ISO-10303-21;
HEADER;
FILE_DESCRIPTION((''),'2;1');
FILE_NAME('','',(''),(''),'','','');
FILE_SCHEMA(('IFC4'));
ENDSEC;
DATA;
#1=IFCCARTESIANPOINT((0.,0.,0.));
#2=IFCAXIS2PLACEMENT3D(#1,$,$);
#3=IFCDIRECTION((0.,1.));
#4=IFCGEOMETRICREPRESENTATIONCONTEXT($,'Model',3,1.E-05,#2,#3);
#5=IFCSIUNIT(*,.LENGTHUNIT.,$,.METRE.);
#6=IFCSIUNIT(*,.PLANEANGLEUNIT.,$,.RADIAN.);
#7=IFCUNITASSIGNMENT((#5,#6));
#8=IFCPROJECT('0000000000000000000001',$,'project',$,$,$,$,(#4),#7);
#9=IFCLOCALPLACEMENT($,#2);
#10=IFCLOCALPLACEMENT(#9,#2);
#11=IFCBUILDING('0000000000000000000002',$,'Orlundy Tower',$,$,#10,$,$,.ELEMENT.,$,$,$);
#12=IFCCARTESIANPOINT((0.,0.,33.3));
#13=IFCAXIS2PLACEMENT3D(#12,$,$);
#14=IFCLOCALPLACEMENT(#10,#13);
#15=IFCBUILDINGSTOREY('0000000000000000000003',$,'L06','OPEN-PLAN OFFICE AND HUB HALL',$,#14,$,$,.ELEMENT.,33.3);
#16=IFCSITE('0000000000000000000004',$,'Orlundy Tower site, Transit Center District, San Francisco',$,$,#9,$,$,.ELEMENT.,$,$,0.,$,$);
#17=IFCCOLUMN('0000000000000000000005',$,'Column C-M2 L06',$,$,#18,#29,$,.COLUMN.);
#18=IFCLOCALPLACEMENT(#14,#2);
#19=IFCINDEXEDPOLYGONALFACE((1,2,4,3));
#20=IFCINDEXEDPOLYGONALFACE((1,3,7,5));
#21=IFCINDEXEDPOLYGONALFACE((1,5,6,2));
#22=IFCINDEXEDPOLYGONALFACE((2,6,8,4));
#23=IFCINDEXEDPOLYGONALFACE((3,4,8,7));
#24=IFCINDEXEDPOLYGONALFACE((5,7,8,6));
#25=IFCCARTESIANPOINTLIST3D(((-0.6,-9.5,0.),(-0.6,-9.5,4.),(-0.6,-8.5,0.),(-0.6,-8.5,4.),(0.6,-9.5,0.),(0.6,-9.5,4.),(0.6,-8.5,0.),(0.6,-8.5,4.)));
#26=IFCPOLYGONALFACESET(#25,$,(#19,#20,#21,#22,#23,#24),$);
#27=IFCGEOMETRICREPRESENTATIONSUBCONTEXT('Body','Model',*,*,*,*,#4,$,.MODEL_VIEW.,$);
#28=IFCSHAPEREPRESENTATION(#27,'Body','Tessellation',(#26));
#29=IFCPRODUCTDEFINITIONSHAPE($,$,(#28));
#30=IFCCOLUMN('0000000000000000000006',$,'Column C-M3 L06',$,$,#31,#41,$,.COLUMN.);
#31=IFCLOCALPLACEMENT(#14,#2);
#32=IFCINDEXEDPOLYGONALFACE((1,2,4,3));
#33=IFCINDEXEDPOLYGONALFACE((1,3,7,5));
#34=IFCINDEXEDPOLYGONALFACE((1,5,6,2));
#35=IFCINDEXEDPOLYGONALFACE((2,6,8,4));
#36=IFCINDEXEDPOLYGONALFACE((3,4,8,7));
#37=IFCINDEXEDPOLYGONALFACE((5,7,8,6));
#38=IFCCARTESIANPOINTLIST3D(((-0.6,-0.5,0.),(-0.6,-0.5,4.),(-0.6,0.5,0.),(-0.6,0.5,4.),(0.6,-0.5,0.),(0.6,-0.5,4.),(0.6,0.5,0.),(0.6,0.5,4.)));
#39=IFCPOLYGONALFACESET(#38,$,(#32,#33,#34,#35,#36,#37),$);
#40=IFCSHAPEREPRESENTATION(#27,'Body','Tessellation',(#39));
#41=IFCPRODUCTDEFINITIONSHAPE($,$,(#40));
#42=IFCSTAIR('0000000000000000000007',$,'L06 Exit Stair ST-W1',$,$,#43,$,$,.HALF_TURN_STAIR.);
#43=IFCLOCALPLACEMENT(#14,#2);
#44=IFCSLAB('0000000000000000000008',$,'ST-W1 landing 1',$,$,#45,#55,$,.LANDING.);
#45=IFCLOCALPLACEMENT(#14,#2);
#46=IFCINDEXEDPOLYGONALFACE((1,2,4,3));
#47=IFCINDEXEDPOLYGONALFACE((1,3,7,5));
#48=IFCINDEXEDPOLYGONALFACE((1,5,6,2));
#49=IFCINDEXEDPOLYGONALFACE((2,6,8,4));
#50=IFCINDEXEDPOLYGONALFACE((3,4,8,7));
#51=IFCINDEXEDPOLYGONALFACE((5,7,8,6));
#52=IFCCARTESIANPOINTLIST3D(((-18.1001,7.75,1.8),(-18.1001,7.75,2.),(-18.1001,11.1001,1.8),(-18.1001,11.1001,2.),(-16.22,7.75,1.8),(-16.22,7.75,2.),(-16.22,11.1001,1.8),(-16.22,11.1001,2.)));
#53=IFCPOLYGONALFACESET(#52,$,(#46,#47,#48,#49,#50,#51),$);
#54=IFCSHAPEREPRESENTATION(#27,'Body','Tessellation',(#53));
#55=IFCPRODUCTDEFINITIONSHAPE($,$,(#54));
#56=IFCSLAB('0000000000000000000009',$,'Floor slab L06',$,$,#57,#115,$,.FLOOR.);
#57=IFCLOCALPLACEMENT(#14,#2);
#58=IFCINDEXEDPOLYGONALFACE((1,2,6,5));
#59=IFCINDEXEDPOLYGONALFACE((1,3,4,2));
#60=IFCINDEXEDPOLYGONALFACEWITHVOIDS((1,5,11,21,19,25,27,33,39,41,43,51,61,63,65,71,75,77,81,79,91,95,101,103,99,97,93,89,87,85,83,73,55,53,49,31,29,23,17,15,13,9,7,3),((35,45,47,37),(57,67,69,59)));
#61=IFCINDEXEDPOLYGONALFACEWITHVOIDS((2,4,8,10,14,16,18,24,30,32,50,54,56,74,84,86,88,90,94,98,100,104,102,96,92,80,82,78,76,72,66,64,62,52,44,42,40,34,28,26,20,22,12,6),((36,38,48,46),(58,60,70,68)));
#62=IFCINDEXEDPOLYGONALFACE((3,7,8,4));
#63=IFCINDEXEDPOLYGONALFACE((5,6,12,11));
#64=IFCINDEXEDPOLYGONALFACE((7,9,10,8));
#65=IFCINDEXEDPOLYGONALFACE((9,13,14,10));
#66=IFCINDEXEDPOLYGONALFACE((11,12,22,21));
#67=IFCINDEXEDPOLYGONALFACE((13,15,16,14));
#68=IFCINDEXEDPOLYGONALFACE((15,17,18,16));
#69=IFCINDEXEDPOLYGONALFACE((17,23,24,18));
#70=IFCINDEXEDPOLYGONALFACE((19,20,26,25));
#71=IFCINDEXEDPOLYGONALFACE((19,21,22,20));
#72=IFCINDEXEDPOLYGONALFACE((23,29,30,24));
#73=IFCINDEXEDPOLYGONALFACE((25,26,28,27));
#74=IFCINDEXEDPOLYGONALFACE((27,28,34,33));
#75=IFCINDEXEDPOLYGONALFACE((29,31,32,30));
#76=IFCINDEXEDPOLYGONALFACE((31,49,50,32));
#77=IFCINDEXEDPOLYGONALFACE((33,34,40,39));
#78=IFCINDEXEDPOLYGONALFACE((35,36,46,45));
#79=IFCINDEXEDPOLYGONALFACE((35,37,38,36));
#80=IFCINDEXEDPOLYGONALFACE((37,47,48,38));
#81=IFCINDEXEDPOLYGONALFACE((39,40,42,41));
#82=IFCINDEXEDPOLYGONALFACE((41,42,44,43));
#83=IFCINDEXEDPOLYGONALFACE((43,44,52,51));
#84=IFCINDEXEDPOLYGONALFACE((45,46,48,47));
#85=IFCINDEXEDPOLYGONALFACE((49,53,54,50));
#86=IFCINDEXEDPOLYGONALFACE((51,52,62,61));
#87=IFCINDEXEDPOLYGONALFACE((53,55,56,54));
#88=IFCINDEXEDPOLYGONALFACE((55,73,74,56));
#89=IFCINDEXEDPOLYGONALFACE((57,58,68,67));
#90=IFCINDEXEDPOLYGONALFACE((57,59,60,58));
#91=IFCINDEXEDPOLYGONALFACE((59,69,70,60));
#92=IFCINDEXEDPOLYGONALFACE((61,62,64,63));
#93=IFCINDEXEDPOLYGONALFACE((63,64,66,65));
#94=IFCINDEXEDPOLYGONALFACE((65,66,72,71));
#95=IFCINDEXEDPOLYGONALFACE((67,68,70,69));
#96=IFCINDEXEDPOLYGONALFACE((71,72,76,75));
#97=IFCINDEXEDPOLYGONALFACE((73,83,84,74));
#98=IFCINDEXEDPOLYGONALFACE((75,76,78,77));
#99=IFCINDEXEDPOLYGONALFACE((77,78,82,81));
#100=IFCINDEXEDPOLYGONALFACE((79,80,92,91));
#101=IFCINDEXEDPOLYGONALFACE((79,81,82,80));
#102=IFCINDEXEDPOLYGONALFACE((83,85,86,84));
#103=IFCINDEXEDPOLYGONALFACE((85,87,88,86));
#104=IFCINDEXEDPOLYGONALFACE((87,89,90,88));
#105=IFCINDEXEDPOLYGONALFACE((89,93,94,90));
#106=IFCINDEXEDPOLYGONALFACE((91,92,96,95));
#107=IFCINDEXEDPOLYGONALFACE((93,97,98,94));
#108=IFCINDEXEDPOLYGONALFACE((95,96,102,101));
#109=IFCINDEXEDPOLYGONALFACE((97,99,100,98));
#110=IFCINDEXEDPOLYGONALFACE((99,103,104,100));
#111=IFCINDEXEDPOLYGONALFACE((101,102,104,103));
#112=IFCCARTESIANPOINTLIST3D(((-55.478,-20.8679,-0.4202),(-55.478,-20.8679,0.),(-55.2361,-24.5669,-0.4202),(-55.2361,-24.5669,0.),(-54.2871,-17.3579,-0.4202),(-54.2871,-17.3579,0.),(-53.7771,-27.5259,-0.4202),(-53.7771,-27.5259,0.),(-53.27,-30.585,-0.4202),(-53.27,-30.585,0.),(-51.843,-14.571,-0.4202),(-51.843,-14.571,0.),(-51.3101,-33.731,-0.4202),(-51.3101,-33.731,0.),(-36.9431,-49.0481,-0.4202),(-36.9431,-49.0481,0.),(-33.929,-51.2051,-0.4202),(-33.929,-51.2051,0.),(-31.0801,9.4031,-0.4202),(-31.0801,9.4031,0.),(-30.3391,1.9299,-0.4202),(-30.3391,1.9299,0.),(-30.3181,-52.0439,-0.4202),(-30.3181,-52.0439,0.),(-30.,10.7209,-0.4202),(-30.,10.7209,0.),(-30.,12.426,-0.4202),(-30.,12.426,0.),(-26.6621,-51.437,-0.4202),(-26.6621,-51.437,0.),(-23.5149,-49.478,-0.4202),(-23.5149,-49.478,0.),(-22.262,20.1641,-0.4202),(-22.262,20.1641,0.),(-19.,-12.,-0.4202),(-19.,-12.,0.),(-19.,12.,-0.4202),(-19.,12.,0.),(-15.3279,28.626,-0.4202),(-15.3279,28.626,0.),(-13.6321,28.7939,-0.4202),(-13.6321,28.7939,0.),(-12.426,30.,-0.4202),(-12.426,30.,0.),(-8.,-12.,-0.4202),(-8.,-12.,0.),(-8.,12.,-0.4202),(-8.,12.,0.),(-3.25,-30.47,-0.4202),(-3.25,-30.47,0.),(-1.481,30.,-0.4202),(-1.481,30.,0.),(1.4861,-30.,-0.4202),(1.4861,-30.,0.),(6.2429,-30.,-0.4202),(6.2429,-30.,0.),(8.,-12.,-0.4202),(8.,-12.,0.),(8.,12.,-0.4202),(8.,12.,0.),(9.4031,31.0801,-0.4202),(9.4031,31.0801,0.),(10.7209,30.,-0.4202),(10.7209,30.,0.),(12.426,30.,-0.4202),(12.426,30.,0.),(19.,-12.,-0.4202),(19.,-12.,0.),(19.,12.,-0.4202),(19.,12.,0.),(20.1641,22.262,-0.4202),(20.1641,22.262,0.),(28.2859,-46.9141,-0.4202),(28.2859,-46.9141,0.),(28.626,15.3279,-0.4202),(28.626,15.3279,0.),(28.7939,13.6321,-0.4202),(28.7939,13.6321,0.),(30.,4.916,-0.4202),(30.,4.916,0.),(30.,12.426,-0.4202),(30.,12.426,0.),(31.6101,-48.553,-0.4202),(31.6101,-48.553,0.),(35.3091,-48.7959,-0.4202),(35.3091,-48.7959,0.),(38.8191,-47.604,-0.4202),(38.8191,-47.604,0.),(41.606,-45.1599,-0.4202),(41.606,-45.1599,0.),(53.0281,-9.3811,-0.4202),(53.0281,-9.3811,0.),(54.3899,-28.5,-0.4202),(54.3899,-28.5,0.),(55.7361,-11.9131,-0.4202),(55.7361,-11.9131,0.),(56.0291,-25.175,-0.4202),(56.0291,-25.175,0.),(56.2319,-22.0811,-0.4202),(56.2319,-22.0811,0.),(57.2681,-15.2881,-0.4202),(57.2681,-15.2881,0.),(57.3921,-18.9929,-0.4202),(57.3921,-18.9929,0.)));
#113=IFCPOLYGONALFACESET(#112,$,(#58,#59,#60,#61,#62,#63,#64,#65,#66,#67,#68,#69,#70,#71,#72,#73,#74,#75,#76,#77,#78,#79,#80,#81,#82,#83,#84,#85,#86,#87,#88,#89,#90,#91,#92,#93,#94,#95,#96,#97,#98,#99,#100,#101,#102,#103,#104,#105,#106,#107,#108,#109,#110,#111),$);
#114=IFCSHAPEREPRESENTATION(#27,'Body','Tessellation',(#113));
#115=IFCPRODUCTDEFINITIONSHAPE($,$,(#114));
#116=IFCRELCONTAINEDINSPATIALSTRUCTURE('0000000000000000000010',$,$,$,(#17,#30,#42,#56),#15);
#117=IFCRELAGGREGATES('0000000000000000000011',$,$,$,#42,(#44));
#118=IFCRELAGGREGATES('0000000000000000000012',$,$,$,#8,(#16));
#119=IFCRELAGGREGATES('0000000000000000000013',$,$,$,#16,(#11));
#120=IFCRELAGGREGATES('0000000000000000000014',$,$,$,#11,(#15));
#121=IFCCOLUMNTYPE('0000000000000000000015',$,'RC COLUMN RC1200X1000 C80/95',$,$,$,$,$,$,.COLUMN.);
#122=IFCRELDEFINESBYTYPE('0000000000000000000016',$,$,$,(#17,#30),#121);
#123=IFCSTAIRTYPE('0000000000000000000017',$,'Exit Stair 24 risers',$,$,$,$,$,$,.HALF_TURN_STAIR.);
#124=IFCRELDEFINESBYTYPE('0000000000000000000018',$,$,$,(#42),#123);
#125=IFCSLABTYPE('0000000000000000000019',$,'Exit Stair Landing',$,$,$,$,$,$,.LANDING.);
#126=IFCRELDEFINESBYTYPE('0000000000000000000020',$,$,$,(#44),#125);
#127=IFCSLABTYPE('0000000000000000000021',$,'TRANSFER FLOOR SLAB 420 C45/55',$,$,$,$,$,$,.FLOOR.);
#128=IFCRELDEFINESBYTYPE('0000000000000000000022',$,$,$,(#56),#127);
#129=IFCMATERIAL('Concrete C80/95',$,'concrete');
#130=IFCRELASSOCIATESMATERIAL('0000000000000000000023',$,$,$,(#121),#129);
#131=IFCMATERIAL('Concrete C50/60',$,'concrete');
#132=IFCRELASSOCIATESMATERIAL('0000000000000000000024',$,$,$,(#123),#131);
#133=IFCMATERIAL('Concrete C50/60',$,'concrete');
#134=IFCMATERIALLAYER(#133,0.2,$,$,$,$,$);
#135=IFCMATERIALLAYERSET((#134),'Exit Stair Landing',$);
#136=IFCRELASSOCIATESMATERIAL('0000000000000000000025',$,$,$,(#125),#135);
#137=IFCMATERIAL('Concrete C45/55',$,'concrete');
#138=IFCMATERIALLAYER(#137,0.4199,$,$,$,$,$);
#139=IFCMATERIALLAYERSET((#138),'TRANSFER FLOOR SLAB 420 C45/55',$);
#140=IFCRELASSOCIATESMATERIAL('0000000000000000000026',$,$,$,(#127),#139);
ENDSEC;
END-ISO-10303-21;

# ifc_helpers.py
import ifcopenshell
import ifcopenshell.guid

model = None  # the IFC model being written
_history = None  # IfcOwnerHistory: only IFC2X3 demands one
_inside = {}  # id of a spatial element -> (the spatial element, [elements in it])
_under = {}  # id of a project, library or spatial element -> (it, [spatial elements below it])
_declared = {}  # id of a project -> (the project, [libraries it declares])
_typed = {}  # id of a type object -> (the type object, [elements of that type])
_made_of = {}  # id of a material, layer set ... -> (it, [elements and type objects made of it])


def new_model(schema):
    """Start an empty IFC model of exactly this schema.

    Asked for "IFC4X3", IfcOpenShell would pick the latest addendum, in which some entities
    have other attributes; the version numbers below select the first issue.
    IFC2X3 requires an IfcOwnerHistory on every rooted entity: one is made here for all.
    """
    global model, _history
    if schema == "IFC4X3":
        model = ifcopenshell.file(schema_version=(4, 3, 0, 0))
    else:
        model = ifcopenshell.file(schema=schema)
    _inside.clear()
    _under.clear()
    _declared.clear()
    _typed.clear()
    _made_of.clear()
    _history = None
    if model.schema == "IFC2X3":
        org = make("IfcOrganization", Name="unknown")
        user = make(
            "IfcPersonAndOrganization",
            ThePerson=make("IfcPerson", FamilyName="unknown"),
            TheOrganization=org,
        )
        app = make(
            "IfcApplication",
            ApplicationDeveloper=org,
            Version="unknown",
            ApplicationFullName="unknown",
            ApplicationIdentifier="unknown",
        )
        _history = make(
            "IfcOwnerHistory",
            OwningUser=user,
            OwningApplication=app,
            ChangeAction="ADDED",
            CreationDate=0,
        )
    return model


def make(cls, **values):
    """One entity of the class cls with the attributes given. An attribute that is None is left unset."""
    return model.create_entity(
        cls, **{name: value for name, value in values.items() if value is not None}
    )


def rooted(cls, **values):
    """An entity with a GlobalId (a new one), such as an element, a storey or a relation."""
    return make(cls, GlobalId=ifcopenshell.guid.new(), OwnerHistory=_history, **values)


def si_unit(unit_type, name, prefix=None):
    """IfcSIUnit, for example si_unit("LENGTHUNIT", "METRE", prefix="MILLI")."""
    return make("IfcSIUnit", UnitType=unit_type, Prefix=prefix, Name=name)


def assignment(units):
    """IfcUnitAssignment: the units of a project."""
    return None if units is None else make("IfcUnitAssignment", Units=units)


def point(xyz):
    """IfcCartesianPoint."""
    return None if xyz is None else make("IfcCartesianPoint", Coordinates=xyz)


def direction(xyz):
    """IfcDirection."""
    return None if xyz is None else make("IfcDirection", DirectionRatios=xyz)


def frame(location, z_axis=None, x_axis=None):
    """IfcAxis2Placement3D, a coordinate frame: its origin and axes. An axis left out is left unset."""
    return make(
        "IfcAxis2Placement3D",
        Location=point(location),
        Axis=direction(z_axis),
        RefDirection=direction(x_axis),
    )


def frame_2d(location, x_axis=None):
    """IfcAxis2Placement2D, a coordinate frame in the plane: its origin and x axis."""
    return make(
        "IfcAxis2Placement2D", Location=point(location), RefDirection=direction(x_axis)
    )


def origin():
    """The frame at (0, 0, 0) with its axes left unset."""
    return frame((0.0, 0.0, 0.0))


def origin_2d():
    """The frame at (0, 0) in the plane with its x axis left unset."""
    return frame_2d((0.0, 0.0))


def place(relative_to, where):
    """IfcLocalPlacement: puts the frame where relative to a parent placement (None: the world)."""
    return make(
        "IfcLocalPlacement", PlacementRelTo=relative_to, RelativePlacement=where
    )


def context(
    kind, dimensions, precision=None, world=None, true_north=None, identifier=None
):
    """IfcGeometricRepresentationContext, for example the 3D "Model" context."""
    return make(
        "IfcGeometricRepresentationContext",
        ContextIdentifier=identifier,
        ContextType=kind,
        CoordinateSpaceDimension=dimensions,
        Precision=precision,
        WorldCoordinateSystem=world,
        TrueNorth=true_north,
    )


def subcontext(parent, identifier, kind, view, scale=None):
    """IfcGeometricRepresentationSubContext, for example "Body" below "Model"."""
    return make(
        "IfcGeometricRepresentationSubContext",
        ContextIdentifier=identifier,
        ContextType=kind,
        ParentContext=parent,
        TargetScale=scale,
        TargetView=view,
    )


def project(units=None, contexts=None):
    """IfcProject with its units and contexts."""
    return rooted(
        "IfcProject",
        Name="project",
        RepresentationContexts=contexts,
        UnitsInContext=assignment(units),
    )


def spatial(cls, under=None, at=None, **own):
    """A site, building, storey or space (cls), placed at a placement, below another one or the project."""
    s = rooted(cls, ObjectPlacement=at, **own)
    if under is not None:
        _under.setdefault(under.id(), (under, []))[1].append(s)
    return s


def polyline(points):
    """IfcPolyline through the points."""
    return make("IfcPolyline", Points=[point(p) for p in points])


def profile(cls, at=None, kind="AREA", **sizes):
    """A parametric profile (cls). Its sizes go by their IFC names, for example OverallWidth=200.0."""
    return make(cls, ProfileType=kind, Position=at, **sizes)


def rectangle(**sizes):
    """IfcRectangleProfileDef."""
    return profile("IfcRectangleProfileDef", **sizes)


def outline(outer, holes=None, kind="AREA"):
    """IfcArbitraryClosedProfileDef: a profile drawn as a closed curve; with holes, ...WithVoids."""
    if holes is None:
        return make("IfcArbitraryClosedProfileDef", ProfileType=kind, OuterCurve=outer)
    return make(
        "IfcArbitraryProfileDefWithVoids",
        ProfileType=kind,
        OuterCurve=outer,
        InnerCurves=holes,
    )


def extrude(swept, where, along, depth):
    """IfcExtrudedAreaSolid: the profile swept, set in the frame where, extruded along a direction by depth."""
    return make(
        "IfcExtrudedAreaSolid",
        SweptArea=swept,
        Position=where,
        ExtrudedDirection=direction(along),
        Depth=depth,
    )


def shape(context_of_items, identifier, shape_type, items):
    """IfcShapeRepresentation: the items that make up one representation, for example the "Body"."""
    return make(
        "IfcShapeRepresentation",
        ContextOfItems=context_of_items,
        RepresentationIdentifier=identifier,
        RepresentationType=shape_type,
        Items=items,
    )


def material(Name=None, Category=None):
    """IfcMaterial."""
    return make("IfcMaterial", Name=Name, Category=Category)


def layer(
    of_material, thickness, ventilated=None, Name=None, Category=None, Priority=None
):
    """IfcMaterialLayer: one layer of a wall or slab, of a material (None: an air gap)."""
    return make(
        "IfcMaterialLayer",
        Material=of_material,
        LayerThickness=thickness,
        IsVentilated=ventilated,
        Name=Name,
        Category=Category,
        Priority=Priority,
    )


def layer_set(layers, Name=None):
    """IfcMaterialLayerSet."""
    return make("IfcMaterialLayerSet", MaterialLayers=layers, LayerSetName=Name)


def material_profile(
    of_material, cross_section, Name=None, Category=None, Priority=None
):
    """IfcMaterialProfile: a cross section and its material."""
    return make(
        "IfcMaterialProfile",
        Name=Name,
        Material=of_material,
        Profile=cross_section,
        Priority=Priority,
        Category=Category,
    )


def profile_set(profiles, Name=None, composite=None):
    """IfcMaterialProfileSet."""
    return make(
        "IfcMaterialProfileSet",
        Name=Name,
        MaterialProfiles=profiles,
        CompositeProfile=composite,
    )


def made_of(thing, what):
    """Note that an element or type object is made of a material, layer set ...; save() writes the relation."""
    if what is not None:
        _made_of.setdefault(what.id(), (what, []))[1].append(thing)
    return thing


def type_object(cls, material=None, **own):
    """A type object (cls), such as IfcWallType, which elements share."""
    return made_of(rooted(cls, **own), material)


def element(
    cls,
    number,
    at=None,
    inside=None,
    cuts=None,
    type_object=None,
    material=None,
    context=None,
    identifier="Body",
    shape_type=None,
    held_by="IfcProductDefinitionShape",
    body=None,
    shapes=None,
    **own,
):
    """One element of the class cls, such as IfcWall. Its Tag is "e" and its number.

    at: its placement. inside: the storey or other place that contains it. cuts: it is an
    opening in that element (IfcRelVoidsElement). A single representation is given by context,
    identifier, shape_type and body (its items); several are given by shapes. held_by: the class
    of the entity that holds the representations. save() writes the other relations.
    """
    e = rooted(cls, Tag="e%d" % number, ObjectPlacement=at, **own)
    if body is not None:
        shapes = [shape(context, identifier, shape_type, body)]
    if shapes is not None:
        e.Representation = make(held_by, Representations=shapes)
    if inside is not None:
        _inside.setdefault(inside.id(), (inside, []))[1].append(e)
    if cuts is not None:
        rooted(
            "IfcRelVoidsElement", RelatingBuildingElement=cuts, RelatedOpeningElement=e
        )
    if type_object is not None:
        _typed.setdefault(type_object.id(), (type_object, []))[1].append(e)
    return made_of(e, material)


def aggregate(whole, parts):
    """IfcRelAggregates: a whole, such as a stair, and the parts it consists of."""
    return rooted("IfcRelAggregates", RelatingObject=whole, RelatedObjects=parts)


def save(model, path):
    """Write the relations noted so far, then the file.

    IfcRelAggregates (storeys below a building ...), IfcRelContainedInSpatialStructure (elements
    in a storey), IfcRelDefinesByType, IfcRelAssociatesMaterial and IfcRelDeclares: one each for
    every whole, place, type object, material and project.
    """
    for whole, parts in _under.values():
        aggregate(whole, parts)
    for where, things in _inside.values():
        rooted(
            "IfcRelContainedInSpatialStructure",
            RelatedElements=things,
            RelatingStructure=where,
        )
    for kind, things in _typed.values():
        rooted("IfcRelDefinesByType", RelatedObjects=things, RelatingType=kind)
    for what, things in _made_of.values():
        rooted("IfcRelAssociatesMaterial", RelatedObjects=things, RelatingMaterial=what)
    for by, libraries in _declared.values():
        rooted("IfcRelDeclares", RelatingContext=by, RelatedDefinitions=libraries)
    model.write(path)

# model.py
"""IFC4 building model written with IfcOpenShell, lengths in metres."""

from ifc_helpers import new_model, si_unit, direction, frame, origin, origin_2d, place, context, subcontext, project, spatial, polyline, rectangle, outline, extrude, material, layer, layer_set, material_profile, profile_set, type_object, element, aggregate, save


model = new_model("IFC4")

# Units and contexts
model_context = context("Model", 3, precision=1e-05, world=origin(), true_north=direction((0.0, 1.0)))
body_context = subcontext(model_context, "Body", "Model", "MODEL_VIEW")
ifc_project = project(units=[si_unit("LENGTHUNIT", "METRE"), si_unit("PLANEANGLEUNIT", "RADIAN")], contexts=[model_context])

# Site, building, storey
site_placement = place(None, origin())
site = spatial("IfcSite", under=ifc_project, at=site_placement, Name="Orlundy Tower site, Transit Center District, San Francisco", CompositionType="ELEMENT", RefElevation=0.0)
building_placement = place(site_placement, origin())
building = spatial("IfcBuilding", under=site, at=building_placement, Name="Orlundy Tower", CompositionType="ELEMENT")
storey_placement = place(building_placement, frame((0.0, 0.0, 33.3)))
storey = spatial("IfcBuildingStorey", under=building, at=storey_placement, Name="L06", Description="OPEN-PLAN OFFICE AND HUB HALL", CompositionType="ELEMENT", Elevation=33.3)

# Columns
ifc_material_1 = material(Name="Concrete C80/95", Category="concrete")
ifc_material_profile = material_profile(ifc_material_1, rectangle(XDim=1.2, YDim=1.0, at=origin_2d()), Name="RC1200X1000")
ifc_profile_set = profile_set([ifc_material_profile], Name="Concrete C80/95")
column_type = type_object("IfcColumnType", Name="RC COLUMN RC1200X1000 C80/95", PredefinedType="COLUMN", material=ifc_profile_set)
for number, where, z_axis, x_axis, name in (
    (1, (0.0, -9.0, 0.0), (0.0, 0.0, 1.0), (1.0, 0.0, 0.0), "Column C-M2 L06"),
    (2, (0.0, 0.0, 0.0), (0.0, 0.0, 1.0), (1.0, 0.0, 0.0), "Column C-M3 L06"),
):
    element("IfcColumn", number, at=place(storey_placement, frame(where, z_axis=z_axis, x_axis=x_axis)), inside=storey, type_object=column_type, Name=name, PredefinedType="COLUMN", context=body_context, shape_type="SweptSolid", body=[
        extrude(rectangle(XDim=1.2, YDim=1.0, at=origin_2d()), origin(), (0.0, 0.0, 1.0), 4.0),
    ])

# Stair, slab
ifc_material_2 = material(Name="Concrete C50/60", Category="concrete")
stair_type = type_object("IfcStairType", Name="Exit Stair 24 risers", PredefinedType="HALF_TURN_STAIR", material=ifc_material_2)
stair_placement = place(storey_placement, origin())
stair = element("IfcStair", 3, at=stair_placement, inside=storey, type_object=stair_type, Name="L06 Exit Stair ST-W1", PredefinedType="HALF_TURN_STAIR")
ifc_material_3 = material(Name="Concrete C50/60", Category="concrete")
ifc_layer_1 = layer(ifc_material_3, 0.2)
ifc_layer_set_1 = layer_set([ifc_layer_1], Name="Exit Stair Landing")
slab_type_1 = type_object("IfcSlabType", Name="Exit Stair Landing", PredefinedType="LANDING", material=ifc_layer_set_1)
slab_1_placement = place(storey_placement, frame((0.0, 0.0, 1.8)))
slab_1 = element("IfcSlab", 4, at=slab_1_placement, type_object=slab_type_1, Name="ST-W1 landing 1", PredefinedType="LANDING", context=body_context, shape_type="SweptSolid", body=[
    extrude(outline(polyline([(-16.22, 11.1001), (-18.1001, 11.1001), (-18.1001, 7.75), (-16.22, 7.75), (-16.22, 11.1001)])), origin(), (0.0, 0.0, 1.0), 0.2),
])
aggregate(stair, [slab_1])

# Slab
ifc_material_4 = material(Name="Concrete C45/55", Category="concrete")
ifc_layer_2 = layer(ifc_material_4, 0.4199)
ifc_layer_set_2 = layer_set([ifc_layer_2], Name="TRANSFER FLOOR SLAB 420 C45/55")
slab_type_2 = type_object("IfcSlabType", Name="TRANSFER FLOOR SLAB 420 C45/55", PredefinedType="FLOOR", material=ifc_layer_set_2)
slab_2_placement = place(storey_placement, frame((0.0, 0.0, -0.4202)))
element("IfcSlab", 5, at=slab_2_placement, inside=storey, type_object=slab_type_2, Name="Floor slab L06", PredefinedType="FLOOR", context=body_context, shape_type="SweptSolid", body=[
    extrude(outline(polyline([(-30.0, 10.7209), (-30.0, 12.426), (-22.262, 20.1641), (-15.3279, 28.626), (-13.6321, 28.7939), (-12.426, 30.0), (-1.481, 30.0), (9.4031, 31.0801), (10.7209, 30.0), (12.426, 30.0), (20.1641, 22.262), (28.626, 15.3279), (28.7939, 13.6321), (30.0, 12.426), (30.0, 4.916), (53.0281, -9.3811), (55.7361, -11.9131), (57.2681, -15.2881), (57.3921, -18.9929), (56.2319, -22.0811), (56.0291, -25.175), (54.3899, -28.5), (41.606, -45.1599), (38.8191, -47.604), (35.3091, -48.7959), (31.6101, -48.553), (28.2859, -46.9141), (6.2429, -30.0), (1.4861, -30.0), (-3.25, -30.47), (-23.5149, -49.478), (-26.6621, -51.437), (-30.3181, -52.0439), (-33.929, -51.2051), (-36.9431, -49.0481), (-51.3101, -33.731), (-53.27, -30.585), (-53.7771, -27.5259), (-55.2361, -24.5669), (-55.478, -20.8679), (-54.2871, -17.3579), (-51.843, -14.571), (-30.3391, 1.9299), (-31.0801, 9.4031), (-30.0, 10.7209)]), holes=[polyline([(-8.0, -12.0), (-8.0, 12.0), (-19.0, 12.0), (-19.0, -12.0), (-8.0, -12.0)]), polyline([(19.0, -12.0), (19.0, 12.0), (8.0, 12.0), (8.0, -12.0), (19.0, -12.0)])]), origin(), (0.0, 0.0, 1.0), 0.4202),
])

save(model, "model.ifc")
